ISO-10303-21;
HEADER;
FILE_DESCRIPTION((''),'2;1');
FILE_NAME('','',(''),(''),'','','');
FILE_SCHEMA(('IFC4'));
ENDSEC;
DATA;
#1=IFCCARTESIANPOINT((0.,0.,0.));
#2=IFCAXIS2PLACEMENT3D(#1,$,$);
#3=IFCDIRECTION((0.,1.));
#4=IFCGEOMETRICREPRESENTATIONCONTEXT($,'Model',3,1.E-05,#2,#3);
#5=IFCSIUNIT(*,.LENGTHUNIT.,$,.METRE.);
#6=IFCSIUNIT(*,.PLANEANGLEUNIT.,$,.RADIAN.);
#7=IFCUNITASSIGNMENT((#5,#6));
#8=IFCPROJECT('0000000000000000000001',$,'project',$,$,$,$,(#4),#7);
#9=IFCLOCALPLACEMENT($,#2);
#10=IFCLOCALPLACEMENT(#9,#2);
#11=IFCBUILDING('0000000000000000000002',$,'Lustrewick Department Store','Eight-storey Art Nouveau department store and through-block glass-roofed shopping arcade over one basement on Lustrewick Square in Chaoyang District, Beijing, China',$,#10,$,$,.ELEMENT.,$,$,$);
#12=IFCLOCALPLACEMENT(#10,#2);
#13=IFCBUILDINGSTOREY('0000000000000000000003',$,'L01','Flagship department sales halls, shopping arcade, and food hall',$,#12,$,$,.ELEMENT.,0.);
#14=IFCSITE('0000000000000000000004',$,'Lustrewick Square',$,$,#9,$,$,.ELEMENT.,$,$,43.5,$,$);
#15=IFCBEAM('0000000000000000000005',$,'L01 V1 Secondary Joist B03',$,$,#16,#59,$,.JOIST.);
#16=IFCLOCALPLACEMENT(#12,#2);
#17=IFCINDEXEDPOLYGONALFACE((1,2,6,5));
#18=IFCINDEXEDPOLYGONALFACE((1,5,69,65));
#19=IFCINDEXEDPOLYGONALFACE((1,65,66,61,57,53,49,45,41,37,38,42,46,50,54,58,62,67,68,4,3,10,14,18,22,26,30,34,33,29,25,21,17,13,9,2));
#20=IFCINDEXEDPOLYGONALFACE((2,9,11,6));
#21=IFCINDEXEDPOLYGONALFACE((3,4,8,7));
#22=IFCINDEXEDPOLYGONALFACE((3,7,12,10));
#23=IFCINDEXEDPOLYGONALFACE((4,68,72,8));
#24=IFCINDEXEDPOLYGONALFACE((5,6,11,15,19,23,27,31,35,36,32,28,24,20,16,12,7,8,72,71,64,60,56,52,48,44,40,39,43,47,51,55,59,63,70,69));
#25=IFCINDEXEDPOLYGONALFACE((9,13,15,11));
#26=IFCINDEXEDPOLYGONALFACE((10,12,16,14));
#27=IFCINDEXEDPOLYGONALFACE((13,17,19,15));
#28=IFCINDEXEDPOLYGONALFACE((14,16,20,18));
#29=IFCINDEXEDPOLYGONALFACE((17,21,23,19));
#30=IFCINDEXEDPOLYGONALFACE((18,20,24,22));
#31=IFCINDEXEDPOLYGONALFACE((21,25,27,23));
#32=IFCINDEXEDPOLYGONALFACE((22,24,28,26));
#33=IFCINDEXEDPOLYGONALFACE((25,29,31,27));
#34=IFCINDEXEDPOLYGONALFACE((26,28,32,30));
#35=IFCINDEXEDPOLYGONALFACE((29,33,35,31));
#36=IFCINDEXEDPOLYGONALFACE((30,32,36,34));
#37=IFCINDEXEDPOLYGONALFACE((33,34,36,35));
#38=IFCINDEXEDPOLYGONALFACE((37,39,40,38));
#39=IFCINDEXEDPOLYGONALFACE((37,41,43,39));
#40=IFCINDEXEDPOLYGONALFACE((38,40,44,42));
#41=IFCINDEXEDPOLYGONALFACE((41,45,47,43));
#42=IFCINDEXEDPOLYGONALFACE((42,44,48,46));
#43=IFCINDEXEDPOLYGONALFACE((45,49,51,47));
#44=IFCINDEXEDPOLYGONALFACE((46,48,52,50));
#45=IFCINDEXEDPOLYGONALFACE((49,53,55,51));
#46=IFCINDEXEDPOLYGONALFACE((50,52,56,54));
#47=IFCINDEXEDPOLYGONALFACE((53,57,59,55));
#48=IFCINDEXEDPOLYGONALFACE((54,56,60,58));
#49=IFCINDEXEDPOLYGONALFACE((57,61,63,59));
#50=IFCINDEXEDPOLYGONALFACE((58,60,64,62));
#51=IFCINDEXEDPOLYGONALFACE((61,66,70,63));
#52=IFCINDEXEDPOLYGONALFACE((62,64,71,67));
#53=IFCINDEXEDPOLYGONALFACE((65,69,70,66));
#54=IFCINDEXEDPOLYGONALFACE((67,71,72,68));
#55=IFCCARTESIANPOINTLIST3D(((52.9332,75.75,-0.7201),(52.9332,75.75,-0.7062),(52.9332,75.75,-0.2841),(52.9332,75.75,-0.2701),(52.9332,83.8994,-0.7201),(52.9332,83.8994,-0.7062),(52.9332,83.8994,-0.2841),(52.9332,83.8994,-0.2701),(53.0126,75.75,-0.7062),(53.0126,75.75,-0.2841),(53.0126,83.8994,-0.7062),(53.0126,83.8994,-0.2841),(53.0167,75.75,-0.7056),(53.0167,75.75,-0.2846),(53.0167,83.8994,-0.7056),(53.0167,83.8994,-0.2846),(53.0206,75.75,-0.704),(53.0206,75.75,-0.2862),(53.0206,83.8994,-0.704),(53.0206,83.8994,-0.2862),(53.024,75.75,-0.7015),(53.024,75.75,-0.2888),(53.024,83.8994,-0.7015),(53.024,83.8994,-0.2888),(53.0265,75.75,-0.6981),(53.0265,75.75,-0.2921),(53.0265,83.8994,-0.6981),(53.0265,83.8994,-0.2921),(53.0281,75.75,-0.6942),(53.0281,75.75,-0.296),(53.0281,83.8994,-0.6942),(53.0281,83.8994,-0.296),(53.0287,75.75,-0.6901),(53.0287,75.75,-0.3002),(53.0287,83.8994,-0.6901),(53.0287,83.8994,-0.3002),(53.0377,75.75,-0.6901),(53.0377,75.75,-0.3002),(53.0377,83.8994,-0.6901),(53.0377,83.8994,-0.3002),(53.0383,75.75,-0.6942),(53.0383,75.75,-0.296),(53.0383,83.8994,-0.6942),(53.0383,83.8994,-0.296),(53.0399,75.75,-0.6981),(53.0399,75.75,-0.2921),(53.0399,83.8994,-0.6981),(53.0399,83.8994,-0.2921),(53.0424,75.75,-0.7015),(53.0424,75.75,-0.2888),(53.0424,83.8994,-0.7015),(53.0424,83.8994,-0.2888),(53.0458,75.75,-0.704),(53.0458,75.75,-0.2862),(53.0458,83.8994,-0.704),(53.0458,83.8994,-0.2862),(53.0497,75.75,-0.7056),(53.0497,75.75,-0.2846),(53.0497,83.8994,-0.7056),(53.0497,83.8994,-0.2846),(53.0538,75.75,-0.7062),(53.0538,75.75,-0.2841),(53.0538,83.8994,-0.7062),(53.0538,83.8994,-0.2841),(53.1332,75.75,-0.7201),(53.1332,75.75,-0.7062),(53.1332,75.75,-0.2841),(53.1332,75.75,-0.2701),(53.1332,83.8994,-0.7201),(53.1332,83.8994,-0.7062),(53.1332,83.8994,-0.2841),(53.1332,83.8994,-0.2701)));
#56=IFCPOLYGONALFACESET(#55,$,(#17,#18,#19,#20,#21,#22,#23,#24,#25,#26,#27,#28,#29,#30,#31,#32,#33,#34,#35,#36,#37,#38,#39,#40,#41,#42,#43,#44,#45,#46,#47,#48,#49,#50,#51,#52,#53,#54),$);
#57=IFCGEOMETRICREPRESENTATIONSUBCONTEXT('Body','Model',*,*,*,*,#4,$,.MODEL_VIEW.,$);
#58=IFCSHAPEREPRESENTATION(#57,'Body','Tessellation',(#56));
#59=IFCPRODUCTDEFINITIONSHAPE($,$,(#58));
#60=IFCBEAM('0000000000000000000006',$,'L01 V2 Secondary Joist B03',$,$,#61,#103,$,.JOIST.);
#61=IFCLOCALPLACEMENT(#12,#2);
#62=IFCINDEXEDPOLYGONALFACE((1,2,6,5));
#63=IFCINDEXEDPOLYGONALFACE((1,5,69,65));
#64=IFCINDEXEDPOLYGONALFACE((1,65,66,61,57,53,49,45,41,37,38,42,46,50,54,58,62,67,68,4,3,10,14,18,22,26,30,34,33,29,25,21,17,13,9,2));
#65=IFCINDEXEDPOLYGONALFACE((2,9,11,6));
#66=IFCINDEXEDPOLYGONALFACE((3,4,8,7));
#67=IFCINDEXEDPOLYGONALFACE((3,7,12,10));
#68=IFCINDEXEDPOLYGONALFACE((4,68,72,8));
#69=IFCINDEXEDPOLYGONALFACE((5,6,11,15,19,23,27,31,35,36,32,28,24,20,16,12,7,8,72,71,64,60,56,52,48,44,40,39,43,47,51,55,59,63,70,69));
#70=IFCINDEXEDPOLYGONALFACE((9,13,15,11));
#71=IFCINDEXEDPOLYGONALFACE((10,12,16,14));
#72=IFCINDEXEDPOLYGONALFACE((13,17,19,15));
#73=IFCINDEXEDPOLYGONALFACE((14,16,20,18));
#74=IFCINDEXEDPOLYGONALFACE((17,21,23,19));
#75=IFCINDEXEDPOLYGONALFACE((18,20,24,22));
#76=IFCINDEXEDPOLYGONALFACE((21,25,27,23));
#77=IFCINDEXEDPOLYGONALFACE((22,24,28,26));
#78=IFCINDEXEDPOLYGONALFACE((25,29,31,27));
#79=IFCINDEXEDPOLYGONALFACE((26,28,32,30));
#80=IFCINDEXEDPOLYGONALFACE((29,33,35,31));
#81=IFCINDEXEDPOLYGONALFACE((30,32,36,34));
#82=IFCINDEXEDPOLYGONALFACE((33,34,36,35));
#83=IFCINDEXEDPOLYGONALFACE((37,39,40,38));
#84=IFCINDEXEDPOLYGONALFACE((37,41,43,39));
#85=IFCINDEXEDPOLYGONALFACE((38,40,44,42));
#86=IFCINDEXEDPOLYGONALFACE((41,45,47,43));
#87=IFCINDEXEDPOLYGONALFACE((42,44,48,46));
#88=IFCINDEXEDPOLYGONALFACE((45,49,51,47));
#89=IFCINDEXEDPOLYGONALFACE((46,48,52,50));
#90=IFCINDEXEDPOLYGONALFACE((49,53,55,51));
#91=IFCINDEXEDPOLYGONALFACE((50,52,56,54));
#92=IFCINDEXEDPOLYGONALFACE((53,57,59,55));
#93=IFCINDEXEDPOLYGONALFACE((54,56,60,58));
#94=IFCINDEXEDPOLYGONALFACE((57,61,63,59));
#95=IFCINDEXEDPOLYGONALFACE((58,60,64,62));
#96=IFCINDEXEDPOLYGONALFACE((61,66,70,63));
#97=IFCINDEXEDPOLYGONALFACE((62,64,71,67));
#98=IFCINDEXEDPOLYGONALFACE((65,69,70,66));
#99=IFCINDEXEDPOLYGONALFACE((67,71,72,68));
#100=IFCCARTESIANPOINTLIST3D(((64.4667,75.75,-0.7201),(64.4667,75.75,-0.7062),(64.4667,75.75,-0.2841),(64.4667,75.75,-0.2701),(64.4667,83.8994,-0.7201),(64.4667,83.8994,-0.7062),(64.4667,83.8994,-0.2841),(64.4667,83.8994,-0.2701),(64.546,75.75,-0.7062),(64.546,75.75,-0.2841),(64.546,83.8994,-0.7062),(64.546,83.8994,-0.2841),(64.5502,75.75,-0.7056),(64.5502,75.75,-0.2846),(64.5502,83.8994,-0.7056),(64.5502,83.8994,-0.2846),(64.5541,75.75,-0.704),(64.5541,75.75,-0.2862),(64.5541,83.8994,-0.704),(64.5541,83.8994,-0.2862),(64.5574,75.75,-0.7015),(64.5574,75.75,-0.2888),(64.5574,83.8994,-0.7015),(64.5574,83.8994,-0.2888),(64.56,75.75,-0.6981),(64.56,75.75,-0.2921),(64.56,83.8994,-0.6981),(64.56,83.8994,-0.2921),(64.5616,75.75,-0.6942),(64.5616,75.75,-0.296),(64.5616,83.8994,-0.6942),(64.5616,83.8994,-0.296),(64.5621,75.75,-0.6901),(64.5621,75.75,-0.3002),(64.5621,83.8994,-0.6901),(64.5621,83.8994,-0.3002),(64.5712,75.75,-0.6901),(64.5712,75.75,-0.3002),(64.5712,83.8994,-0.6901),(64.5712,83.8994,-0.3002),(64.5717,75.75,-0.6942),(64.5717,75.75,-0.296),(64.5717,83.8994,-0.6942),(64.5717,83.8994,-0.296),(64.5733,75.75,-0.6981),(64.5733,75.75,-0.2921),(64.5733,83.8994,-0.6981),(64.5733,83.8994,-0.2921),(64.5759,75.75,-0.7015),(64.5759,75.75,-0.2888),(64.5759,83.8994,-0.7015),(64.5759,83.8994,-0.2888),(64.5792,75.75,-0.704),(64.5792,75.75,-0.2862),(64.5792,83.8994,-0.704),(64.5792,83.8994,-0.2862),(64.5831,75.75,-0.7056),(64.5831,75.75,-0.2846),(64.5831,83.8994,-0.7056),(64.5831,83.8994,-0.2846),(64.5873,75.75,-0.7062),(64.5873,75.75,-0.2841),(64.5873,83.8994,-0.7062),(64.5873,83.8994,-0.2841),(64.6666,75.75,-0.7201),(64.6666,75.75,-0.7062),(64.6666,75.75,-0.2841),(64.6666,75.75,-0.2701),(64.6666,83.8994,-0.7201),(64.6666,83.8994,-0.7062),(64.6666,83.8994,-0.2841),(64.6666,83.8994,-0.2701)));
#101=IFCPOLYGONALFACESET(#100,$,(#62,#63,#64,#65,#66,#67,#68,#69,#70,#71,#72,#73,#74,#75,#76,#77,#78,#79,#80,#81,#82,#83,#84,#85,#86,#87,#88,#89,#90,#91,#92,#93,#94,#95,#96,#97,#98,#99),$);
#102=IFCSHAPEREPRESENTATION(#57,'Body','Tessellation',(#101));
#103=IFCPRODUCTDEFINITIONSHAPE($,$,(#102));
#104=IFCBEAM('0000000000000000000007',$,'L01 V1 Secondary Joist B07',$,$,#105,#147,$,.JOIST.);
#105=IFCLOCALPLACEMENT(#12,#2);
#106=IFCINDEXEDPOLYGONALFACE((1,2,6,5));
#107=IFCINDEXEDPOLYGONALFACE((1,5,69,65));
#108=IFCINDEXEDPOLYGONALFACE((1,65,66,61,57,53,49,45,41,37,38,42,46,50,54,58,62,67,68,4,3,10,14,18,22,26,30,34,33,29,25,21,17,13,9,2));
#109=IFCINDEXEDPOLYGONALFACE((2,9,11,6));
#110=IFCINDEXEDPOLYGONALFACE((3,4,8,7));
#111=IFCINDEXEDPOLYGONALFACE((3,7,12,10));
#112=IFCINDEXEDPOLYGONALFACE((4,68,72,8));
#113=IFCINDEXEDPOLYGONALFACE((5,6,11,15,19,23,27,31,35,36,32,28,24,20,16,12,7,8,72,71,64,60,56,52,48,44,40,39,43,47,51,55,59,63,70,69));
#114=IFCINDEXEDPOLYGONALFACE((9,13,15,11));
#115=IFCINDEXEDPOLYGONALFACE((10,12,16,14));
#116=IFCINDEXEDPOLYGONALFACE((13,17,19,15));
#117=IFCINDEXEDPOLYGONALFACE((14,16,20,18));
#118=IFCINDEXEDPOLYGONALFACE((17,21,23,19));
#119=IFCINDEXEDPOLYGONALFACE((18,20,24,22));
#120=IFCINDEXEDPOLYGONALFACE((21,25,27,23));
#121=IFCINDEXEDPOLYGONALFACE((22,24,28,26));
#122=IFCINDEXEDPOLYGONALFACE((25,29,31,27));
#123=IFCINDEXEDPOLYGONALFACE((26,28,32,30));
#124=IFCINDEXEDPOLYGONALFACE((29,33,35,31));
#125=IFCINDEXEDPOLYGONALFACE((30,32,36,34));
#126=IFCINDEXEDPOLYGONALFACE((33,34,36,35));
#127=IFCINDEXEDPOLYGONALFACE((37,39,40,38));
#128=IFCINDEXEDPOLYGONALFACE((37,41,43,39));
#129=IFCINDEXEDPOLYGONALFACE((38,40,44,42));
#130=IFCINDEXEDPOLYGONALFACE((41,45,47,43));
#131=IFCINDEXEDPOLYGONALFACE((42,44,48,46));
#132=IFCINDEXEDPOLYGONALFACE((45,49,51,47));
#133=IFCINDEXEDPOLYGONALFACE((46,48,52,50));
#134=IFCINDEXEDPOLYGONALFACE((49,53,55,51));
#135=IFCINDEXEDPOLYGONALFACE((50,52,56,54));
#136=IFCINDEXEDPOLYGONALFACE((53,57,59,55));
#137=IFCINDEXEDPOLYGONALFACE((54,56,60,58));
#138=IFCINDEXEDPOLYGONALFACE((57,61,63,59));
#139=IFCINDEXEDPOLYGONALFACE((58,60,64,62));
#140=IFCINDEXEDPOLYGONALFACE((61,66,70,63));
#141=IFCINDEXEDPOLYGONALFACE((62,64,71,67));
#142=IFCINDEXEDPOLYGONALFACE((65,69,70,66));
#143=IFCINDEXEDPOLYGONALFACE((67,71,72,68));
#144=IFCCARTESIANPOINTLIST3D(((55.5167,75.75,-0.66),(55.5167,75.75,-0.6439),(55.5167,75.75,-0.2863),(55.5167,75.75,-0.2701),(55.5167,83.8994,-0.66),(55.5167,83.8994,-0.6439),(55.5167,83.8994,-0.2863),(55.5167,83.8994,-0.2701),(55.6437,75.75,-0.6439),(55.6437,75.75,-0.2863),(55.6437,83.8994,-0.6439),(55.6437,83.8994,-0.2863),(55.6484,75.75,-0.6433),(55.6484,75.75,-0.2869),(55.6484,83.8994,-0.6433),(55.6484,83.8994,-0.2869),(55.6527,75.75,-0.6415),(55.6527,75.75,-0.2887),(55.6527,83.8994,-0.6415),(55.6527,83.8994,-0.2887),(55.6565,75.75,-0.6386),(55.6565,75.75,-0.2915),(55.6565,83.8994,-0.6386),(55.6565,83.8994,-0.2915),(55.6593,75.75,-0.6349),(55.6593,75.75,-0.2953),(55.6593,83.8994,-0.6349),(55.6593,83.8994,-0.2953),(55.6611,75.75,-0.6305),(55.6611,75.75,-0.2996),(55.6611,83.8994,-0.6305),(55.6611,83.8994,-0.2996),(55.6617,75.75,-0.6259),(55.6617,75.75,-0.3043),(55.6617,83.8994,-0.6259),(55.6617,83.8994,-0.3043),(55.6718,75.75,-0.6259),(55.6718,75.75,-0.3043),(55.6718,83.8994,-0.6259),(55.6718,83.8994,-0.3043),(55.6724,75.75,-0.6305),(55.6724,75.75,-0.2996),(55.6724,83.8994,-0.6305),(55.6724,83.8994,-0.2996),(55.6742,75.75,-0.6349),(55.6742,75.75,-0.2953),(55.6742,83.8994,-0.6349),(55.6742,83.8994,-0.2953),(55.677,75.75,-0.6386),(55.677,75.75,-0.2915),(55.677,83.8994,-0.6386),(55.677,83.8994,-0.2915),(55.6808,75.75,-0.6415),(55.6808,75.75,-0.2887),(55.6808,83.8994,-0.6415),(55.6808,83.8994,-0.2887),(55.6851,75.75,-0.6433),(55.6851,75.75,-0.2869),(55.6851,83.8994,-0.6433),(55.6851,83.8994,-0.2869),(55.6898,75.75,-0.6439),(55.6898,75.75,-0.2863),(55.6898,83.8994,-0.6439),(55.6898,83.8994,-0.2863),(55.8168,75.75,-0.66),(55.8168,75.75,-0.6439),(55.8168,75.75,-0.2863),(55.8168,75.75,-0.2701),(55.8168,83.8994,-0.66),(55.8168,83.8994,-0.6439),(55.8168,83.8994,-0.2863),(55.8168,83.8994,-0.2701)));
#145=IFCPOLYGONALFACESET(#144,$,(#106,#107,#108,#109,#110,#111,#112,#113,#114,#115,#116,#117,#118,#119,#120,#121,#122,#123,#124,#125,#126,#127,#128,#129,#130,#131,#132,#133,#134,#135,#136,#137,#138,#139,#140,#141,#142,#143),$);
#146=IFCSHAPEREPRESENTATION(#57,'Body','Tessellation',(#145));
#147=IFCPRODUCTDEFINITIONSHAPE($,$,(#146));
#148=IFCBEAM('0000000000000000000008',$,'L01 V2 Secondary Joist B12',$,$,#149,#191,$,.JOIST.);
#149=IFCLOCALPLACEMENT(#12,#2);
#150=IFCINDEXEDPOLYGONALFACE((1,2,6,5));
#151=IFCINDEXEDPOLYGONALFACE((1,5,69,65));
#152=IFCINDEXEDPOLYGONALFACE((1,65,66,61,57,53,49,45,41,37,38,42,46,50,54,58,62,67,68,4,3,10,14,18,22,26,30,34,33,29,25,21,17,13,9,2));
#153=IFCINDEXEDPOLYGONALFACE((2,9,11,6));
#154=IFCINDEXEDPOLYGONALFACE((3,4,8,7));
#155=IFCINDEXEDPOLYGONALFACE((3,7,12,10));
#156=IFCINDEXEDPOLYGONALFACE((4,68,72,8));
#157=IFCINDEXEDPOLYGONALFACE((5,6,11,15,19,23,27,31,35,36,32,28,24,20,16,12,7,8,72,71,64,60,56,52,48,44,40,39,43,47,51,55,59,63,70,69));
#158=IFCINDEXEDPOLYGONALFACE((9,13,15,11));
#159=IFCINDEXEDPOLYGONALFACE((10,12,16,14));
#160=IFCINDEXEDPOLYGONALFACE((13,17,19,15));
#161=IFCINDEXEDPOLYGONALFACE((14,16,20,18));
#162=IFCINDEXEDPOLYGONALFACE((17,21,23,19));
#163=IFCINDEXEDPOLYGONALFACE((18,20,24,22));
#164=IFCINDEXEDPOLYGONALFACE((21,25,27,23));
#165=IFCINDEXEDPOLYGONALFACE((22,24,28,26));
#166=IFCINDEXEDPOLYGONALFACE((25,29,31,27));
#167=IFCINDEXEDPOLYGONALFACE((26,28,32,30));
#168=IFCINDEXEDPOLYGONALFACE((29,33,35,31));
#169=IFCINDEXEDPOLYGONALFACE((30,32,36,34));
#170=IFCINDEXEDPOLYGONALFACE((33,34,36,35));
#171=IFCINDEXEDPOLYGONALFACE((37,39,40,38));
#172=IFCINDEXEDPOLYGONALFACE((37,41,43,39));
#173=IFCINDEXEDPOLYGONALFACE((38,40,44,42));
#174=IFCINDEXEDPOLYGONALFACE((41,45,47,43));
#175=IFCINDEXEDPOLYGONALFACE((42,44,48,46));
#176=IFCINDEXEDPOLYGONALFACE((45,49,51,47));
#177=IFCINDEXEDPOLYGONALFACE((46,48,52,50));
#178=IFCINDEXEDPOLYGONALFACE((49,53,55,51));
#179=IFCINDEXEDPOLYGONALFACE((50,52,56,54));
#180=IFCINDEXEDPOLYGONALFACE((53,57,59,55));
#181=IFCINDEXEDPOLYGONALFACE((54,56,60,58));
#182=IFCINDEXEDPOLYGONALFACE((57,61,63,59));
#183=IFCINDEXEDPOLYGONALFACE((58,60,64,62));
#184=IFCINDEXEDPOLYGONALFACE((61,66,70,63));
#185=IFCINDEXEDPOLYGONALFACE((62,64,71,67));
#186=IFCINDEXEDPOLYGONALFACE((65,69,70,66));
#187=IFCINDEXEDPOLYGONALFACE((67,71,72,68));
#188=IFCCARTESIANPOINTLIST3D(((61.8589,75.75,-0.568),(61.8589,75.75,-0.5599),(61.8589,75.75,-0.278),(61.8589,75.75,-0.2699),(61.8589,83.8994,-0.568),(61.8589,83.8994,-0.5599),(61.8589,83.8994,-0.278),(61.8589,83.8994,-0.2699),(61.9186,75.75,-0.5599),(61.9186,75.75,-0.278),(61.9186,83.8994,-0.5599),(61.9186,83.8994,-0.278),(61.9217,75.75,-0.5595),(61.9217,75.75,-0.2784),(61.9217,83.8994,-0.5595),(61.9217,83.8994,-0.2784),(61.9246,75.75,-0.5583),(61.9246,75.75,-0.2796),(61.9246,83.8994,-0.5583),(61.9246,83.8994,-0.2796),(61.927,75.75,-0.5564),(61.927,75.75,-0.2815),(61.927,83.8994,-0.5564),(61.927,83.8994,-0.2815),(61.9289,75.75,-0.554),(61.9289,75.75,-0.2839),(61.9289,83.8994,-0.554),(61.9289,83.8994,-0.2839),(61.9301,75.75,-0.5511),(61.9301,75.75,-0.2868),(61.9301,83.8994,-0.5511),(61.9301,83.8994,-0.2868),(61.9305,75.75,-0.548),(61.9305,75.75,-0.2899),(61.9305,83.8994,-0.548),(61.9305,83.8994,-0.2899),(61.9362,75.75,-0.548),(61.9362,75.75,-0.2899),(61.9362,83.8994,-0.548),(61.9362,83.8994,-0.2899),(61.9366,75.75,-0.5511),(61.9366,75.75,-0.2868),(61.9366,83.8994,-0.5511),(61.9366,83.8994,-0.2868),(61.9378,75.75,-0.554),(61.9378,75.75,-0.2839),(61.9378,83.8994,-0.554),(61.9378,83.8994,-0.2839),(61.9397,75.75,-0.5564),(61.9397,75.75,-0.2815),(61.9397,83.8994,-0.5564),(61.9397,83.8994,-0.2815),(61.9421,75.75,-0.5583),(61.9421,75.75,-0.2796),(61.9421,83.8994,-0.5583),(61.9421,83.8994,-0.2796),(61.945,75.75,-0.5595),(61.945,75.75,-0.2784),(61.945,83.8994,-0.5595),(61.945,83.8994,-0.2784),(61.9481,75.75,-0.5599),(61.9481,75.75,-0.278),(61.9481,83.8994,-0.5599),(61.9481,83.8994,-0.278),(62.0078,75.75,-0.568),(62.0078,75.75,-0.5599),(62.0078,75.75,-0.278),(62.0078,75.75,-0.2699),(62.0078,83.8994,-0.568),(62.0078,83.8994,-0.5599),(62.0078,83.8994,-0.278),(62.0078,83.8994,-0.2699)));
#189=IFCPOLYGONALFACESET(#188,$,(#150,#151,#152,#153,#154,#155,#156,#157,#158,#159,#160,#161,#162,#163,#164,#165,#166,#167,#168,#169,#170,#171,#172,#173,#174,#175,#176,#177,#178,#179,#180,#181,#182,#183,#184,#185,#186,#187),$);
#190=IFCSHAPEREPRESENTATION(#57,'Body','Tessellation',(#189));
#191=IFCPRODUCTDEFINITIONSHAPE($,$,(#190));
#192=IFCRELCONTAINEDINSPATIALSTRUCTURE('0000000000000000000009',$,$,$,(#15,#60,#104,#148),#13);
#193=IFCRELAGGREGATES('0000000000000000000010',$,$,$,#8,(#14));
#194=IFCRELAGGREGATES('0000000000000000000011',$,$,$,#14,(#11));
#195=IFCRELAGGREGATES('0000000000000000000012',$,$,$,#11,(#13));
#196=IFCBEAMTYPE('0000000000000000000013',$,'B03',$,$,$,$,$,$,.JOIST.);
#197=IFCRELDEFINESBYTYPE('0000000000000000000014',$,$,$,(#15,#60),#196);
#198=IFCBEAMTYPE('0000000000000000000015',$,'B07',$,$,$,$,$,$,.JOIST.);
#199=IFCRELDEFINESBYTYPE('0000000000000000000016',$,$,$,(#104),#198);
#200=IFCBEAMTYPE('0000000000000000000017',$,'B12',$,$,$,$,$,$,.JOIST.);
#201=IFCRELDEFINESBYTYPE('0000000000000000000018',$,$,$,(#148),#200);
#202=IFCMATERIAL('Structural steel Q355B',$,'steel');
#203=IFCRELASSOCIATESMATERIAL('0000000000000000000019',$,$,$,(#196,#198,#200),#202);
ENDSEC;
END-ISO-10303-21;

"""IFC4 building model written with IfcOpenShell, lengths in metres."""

from ifc_helpers import new_model, si_unit, direction, frame, origin, origin_2d, place, context, subcontext, project, spatial, i_section, extrude, material, material_profile, profile_set, type_object, element, save


model = new_model("IFC4")

# Units and contexts
model_context = context("Model", 3, precision=1e-05, world=origin(), true_north=direction((0.0, 1.0)))
body_context = subcontext(model_context, "Body", "Model", "MODEL_VIEW")
ifc_project = project(units=[si_unit("LENGTHUNIT", "METRE"), si_unit("PLANEANGLEUNIT", "RADIAN")], contexts=[model_context])

# Site, building, storey
site_placement = place(None, origin())
site = spatial("IfcSite", under=ifc_project, at=site_placement, Name="Lustrewick Square", CompositionType="ELEMENT", RefElevation=43.5)
building_placement = place(site_placement, origin())
building = spatial("IfcBuilding", under=site, at=building_placement, Name="Lustrewick Department Store", Description="Eight-storey Art Nouveau department store and through-block glass-roofed shopping arcade over one basement on Lustrewick Square in Chaoyang District, Beijing, China", CompositionType="ELEMENT")
storey_placement = place(building_placement, origin())
storey = spatial("IfcBuildingStorey", under=building, at=storey_placement, Name="L01", Description="Flagship department sales halls, shopping arcade, and food hall", CompositionType="ELEMENT", Elevation=0.0)

# Beams
ifc_material_1 = material(Name="Structural steel Q355B", Category="steel")
ifc_material_profile_1 = material_profile(ifc_material_1, i_section(OverallWidth=0.2, OverallDepth=0.45, WebThickness=0.009, FlangeThickness=0.0139, FilletRadius=0.0161, at=origin_2d()), Name="HN 450x200x9x14")
ifc_profile_set_1 = profile_set([ifc_material_profile_1], Name="Structural steel Q355B")
beam_type_1 = type_object("IfcBeamType", Name="B03", PredefinedType="JOIST", material=ifc_profile_set_1)
for number, where, z_axis, x_axis, name in (
    (1, (53.0332, 75.75, -0.4951), (0.0, 1.0, 0.0), (-1.0, 0.0, 0.0), "L01 V1 Secondary Joist B03"),
    (2, (64.5667, 75.75, -0.4951), (0.0, 1.0, 0.0), (-1.0, 0.0, 0.0), "L01 V2 Secondary Joist B03"),
):
    element("IfcBeam", number, at=place(storey_placement, frame(where, z_axis=z_axis, x_axis=x_axis)), inside=storey, type_object=beam_type_1, Name=name, PredefinedType="JOIST", context=body_context, shape_type="SweptSolid", body=[
        extrude(i_section(OverallWidth=0.2, OverallDepth=0.45, WebThickness=0.009, FlangeThickness=0.0139, FilletRadius=0.0161, at=origin_2d()), origin(), (0.0, 0.0, 1.0), 8.1494),
    ])
ifc_material_profile_2 = material_profile(ifc_material_1, i_section(OverallWidth=0.3, OverallDepth=0.3899, WebThickness=0.01, FlangeThickness=0.0161, FilletRadius=0.0181, at=origin_2d()), Name="HM 390x300x10x16")
ifc_profile_set_2 = profile_set([ifc_material_profile_2], Name="Structural steel Q355B")
beam_type_2 = type_object("IfcBeamType", Name="B07", PredefinedType="JOIST", material=ifc_profile_set_2)
beam_1_placement = place(storey_placement, frame((55.6667, 75.75, -0.4651), z_axis=(0.0, 1.0, 0.0), x_axis=(-1.0, 0.0, 0.0)))
element("IfcBeam", 3, at=beam_1_placement, inside=storey, type_object=beam_type_2, Name="L01 V1 Secondary Joist B07", PredefinedType="JOIST", context=body_context, shape_type="SweptSolid", body=[
    extrude(i_section(OverallWidth=0.3, OverallDepth=0.3899, WebThickness=0.01, FlangeThickness=0.0161, FilletRadius=0.0181, at=origin_2d()), origin(), (0.0, 0.0, 1.0), 8.1494),
])
ifc_material_profile_3 = material_profile(ifc_material_1, i_section(OverallWidth=0.1489, OverallDepth=0.2981, WebThickness=0.0056, FlangeThickness=0.0081, FilletRadius=0.012, at=origin_2d()), Name="HN 298x149x5.5x8")
ifc_profile_set_3 = profile_set([ifc_material_profile_3], Name="Structural steel Q355B")
beam_type_3 = type_object("IfcBeamType", Name="B12", PredefinedType="JOIST", material=ifc_profile_set_3)
beam_2_placement = place(storey_placement, frame((61.9333, 75.75, -0.4189), z_axis=(0.0, 1.0, 0.0), x_axis=(-1.0, 0.0, 0.0)))
element("IfcBeam", 4, at=beam_2_placement, inside=storey, type_object=beam_type_3, Name="L01 V2 Secondary Joist B12", PredefinedType="JOIST", context=body_context, shape_type="SweptSolid", body=[
    extrude(i_section(OverallWidth=0.1489, OverallDepth=0.2981, WebThickness=0.0056, FlangeThickness=0.0081, FilletRadius=0.012, at=origin_2d()), origin(), (0.0, 0.0, 1.0), 8.1494),
])

save(model, "model.ifc")
